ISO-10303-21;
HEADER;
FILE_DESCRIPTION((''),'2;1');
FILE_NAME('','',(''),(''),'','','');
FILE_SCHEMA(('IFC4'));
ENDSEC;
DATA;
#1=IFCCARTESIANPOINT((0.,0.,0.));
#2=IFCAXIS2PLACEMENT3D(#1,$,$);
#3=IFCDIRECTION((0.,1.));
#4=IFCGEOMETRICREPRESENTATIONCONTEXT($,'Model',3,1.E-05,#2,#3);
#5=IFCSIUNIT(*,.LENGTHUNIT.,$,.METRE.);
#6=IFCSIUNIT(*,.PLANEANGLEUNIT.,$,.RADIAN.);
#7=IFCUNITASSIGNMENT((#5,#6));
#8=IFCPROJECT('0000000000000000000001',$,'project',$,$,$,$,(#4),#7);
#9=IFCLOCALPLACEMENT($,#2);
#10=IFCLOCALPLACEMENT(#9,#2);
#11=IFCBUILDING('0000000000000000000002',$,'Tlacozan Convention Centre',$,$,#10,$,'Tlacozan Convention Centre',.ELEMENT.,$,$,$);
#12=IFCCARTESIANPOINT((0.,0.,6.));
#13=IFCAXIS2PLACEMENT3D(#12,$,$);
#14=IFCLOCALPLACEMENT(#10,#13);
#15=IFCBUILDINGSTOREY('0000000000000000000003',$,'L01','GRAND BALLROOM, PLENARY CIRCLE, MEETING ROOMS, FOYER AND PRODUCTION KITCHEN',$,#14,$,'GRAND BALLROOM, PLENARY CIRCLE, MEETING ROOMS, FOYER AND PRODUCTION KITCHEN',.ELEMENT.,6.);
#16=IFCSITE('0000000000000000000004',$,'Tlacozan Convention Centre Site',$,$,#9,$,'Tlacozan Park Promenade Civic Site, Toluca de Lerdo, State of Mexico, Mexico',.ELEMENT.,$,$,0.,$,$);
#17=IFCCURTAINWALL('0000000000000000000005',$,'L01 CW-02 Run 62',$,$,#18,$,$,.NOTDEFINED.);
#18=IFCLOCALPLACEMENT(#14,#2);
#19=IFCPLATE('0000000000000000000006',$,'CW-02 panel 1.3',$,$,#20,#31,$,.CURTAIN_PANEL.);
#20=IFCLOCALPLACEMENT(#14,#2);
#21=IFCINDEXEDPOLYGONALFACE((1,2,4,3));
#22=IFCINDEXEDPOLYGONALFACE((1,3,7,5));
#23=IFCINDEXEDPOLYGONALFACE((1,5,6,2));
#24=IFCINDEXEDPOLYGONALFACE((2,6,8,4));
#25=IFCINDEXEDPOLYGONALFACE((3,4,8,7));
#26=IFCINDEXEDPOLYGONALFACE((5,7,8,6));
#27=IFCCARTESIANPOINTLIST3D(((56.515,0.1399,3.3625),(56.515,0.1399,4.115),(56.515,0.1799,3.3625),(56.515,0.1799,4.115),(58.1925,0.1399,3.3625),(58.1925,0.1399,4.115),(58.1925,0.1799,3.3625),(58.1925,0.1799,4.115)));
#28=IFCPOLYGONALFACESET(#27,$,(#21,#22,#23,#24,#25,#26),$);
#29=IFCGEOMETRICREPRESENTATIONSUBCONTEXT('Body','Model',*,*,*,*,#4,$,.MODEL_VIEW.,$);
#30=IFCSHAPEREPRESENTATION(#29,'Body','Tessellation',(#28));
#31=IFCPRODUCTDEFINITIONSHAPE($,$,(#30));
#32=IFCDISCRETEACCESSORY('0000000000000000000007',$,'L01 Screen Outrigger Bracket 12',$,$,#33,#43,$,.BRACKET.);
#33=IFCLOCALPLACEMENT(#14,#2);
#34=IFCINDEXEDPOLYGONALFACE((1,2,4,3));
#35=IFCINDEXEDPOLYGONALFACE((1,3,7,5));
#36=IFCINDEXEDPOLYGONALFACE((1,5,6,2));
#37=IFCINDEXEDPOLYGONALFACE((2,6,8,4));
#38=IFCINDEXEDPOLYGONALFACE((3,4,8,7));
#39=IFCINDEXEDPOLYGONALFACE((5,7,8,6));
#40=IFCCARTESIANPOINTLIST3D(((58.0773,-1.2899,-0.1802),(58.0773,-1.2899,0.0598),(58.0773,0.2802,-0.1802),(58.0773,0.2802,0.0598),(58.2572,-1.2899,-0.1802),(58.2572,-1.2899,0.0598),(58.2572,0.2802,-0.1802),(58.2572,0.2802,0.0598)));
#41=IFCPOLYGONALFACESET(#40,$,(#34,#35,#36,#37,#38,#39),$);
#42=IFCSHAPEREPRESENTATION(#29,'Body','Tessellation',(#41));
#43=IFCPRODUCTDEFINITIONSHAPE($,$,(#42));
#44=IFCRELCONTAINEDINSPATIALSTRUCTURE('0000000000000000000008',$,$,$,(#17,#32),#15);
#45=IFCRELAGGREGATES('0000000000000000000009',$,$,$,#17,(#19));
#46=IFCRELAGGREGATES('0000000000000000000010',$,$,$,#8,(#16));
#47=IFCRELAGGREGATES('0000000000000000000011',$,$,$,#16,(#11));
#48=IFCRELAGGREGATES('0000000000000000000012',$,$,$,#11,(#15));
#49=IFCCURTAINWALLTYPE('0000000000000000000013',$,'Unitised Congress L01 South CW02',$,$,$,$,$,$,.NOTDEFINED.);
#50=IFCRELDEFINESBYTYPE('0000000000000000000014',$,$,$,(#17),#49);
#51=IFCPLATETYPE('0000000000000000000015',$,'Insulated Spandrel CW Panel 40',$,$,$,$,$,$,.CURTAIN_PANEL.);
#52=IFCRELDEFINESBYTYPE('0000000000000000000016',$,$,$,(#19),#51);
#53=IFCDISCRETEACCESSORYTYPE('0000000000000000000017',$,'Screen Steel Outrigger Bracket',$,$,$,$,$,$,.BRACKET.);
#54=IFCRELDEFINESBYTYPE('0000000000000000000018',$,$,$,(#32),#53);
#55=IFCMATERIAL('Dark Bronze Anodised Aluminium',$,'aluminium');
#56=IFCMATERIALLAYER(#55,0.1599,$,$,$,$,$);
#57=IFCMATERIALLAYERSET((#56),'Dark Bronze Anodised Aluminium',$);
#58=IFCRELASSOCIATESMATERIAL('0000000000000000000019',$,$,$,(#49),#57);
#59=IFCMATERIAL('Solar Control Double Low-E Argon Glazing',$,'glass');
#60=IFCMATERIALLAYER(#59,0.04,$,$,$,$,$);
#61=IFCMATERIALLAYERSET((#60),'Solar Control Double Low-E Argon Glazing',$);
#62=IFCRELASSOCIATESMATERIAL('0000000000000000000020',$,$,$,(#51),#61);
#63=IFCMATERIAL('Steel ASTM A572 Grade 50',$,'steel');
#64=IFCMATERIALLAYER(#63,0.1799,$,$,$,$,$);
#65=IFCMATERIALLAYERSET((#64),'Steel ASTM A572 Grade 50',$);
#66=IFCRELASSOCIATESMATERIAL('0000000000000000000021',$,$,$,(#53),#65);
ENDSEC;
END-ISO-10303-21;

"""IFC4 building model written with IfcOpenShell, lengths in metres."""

from ifc_helpers import new_model, si_unit, direction, frame, origin, origin_2d, place, context, subcontext, project, spatial, rectangle, extrude, material, layer, layer_set, type_object, element, aggregate, save


model = new_model("IFC4")

# Units and contexts
model_context = context("Model", 3, precision=1e-05, world=origin(), true_north=direction((0.0, 1.0)))
body_context = subcontext(model_context, "Body", "Model", "MODEL_VIEW")
ifc_project = project(units=[si_unit("LENGTHUNIT", "METRE"), si_unit("PLANEANGLEUNIT", "RADIAN")], contexts=[model_context])

# Site, building, storey
site_placement = place(None, origin())
site = spatial("IfcSite", under=ifc_project, at=site_placement, Name="Tlacozan Convention Centre Site", LongName="Tlacozan Park Promenade Civic Site, Toluca de Lerdo, State of Mexico, Mexico", CompositionType="ELEMENT", RefElevation=0.0)
building_placement = place(site_placement, origin())
building = spatial("IfcBuilding", under=site, at=building_placement, Name="Tlacozan Convention Centre", LongName="Tlacozan Convention Centre", CompositionType="ELEMENT")
storey_placement = place(building_placement, frame((0.0, 0.0, 6.0)))
storey = spatial("IfcBuildingStorey", under=building, at=storey_placement, Name="L01", Description="GRAND BALLROOM, PLENARY CIRCLE, MEETING ROOMS, FOYER AND PRODUCTION KITCHEN", LongName="GRAND BALLROOM, PLENARY CIRCLE, MEETING ROOMS, FOYER AND PRODUCTION KITCHEN", CompositionType="ELEMENT", Elevation=6.0)

# Shared definitions
ifc_material_1 = material(Name="Dark Bronze Anodised Aluminium", Category="aluminium")
ifc_layer_1 = layer(ifc_material_1, 0.1599)
ifc_layer_set_1 = layer_set([ifc_layer_1], Name="Dark Bronze Anodised Aluminium")
curtain_wall_type = type_object("IfcCurtainWallType", Name="Unitised Congress L01 South CW02", PredefinedType="NOTDEFINED", material=ifc_layer_set_1)

# Curtain wall
curtain_wall_1_placement = place(storey_placement, origin())
curtain_wall_1 = element("IfcCurtainWall", 1, at=curtain_wall_1_placement, inside=storey, type_object=curtain_wall_type, Name="L01 CW-02 Run 62", PredefinedType="NOTDEFINED")

# Plate
ifc_material_2 = material(Name="Solar Control Double Low-E Argon Glazing", Category="glass")
ifc_layer_2 = layer(ifc_material_2, 0.04)
ifc_layer_set_2 = layer_set([ifc_layer_2], Name="Solar Control Double Low-E Argon Glazing")
plate_type_1 = type_object("IfcPlateType", Name="Insulated Spandrel CW Panel 40", PredefinedType="CURTAIN_PANEL", material=ifc_layer_set_2)
plate_1_placement = place(storey_placement, frame((57.3538, 0.1599, 3.3625), z_axis=(0.0, 0.0, 1.0), x_axis=(1.0, 0.0, 0.0)))
plate_1 = element("IfcPlate", 2, at=plate_1_placement, type_object=plate_type_1, Name="CW-02 panel 1.3", PredefinedType="CURTAIN_PANEL", context=body_context, shape_type="SweptSolid", body=[
    extrude(rectangle(XDim=1.6775, YDim=0.04, at=origin_2d()), origin(), (0.0, 0.0, 1.0), 0.7524),
])
aggregate(curtain_wall_1, [plate_1])

# Discrete accessory
ifc_material_3 = material(Name="Steel ASTM A572 Grade 50", Category="steel")
ifc_layer_3 = layer(ifc_material_3, 0.1799)
ifc_layer_set_3 = layer_set([ifc_layer_3], Name="Steel ASTM A572 Grade 50")
discrete_accessory_type = type_object("IfcDiscreteAccessoryType", Name="Screen Steel Outrigger Bracket", PredefinedType="BRACKET", material=ifc_layer_set_3)
discrete_accessory_placement = place(storey_placement, frame((58.1672, -0.5049, -0.1802), z_axis=(0.0, 0.0, 1.0), x_axis=(0.0, 1.0, 0.0)))
element("IfcDiscreteAccessory", 3, at=discrete_accessory_placement, inside=storey, type_object=discrete_accessory_type, Name="L01 Screen Outrigger Bracket 12", PredefinedType="BRACKET", context=body_context, shape_type="SweptSolid", body=[
    extrude(rectangle(XDim=1.5701, YDim=0.1799, at=origin_2d()), origin(), (0.0, 0.0, 1.0), 0.24),
])

save(model, "model.ifc")
